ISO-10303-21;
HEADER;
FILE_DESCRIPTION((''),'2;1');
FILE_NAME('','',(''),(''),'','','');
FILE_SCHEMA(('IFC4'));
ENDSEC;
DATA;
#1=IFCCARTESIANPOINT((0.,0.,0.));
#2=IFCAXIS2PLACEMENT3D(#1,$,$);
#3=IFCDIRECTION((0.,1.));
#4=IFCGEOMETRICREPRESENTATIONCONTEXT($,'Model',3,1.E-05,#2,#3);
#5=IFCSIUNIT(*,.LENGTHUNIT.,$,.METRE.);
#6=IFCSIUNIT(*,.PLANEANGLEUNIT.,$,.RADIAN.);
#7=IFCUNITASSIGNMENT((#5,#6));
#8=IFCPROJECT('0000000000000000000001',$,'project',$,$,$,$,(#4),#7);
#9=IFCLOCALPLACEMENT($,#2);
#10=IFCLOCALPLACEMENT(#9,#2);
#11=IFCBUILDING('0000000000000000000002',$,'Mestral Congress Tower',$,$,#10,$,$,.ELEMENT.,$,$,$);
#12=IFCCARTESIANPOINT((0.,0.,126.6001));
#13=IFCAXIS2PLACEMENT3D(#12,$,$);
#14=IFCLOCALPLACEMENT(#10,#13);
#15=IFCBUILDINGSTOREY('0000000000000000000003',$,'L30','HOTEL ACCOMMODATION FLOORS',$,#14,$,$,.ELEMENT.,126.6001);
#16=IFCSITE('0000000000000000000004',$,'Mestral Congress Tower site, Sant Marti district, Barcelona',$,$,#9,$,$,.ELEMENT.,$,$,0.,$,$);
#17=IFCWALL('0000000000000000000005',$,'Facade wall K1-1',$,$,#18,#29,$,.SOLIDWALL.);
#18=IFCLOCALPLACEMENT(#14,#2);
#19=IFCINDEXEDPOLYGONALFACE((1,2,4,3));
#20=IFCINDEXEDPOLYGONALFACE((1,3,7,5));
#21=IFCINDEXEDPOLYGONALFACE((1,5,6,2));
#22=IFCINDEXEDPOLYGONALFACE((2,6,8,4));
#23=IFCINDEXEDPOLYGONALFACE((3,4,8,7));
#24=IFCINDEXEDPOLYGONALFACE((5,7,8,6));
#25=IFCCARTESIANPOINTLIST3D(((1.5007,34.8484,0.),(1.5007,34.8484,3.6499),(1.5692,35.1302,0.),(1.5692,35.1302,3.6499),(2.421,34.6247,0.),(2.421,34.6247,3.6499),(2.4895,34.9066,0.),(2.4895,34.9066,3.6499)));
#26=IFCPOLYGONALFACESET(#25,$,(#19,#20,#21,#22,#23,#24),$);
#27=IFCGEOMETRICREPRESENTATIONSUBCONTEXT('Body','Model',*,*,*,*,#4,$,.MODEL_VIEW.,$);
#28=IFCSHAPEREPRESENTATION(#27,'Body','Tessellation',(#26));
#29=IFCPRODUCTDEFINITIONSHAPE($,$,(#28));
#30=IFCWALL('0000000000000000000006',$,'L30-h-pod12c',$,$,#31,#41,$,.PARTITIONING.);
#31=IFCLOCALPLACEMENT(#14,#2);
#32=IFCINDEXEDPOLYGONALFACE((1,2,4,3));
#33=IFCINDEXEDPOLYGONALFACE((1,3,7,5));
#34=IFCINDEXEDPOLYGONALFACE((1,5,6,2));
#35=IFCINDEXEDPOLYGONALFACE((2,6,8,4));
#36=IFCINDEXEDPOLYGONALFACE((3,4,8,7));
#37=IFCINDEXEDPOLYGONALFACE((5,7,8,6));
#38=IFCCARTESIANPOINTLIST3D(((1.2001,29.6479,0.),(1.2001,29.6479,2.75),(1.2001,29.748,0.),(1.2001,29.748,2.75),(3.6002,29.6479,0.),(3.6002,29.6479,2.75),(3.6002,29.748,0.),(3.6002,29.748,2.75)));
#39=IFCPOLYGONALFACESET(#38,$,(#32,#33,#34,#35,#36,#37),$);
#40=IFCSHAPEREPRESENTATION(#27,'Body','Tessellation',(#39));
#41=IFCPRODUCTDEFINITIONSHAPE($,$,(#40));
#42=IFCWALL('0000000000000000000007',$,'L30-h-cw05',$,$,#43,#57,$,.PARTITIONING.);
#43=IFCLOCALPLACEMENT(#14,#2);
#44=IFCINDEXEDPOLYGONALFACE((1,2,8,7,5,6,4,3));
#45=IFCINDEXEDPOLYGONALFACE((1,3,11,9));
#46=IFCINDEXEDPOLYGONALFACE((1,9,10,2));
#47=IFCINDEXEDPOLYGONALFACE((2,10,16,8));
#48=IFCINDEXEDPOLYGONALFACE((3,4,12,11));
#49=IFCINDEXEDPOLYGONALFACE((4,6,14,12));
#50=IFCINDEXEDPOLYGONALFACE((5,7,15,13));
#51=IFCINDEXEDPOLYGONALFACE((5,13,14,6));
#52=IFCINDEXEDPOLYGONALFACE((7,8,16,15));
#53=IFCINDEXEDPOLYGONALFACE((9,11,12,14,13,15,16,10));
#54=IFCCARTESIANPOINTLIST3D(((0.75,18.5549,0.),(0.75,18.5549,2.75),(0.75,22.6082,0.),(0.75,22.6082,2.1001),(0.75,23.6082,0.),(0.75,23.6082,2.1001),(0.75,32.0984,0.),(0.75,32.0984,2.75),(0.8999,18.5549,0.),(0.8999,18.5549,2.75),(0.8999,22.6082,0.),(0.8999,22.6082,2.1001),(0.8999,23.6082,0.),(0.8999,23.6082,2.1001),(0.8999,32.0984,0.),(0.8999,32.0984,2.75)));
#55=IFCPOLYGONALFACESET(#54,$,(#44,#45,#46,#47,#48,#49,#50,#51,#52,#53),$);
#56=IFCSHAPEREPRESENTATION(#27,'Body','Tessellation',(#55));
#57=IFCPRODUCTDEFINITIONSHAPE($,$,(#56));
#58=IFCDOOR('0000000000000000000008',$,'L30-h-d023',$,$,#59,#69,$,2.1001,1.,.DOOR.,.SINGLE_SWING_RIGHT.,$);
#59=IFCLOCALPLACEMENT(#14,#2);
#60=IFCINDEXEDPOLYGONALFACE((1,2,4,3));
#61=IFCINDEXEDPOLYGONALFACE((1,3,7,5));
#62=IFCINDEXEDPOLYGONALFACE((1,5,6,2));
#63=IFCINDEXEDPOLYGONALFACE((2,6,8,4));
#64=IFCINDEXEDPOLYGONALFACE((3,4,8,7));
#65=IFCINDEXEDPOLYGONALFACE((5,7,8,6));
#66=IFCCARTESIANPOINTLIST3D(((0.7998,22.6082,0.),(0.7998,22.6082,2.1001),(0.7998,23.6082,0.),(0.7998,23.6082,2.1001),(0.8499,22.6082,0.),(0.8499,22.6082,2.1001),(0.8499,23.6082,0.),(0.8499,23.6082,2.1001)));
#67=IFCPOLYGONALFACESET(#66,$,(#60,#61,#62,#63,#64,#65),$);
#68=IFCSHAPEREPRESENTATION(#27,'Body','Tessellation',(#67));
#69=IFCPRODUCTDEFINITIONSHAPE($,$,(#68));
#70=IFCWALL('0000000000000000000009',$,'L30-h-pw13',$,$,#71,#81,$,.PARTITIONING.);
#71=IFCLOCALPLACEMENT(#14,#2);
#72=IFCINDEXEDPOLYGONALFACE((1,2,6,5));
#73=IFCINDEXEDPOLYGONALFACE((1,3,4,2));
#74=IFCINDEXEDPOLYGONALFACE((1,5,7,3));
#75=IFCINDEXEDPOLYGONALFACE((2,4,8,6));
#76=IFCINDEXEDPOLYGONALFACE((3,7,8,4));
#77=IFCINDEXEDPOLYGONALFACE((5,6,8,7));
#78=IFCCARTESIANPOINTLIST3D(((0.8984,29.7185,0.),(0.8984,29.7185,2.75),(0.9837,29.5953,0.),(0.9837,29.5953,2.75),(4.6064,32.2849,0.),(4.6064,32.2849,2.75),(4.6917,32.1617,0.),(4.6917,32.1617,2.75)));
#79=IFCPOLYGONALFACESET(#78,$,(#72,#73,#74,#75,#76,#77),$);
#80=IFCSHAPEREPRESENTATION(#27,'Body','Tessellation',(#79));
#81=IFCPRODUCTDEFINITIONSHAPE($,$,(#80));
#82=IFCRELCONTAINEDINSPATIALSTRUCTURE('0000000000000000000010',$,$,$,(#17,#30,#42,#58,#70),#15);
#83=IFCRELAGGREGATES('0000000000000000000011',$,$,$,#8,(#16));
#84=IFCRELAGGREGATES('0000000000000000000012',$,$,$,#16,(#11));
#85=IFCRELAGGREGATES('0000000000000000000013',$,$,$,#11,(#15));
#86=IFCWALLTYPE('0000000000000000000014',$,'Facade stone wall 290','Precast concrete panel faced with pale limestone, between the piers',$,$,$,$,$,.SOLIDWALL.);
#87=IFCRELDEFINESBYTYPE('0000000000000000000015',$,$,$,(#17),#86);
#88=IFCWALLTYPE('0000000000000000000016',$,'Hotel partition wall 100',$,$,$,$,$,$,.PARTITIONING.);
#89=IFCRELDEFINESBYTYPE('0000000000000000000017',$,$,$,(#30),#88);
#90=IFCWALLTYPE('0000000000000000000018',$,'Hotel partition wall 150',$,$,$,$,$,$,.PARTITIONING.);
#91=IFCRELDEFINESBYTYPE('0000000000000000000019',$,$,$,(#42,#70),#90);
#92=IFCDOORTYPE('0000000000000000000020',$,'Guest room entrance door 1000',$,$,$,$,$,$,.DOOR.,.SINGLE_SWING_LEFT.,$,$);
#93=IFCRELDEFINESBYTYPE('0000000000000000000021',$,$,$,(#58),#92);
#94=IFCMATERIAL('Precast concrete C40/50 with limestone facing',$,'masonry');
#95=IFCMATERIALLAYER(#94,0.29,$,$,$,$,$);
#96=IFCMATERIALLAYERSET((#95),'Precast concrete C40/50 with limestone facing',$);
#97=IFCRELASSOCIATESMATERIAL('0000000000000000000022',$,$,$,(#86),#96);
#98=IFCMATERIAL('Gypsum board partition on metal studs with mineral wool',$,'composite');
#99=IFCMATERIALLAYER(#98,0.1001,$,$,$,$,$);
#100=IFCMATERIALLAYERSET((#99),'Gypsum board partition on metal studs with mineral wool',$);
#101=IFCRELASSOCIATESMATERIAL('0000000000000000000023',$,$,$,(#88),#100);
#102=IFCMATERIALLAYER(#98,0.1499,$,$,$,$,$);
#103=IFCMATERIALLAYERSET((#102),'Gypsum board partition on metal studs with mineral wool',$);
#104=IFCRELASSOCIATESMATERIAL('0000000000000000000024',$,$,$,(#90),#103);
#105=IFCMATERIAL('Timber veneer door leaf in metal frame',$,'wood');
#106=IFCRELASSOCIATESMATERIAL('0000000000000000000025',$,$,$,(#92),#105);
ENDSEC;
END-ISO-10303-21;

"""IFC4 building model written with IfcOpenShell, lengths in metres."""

from ifc_helpers import new_model, si_unit, direction, frame, frame_2d, origin, place, context, subcontext, project, spatial, rectangle, extrude, material, layer, layer_set, type_object, element, fill, save


model = new_model("IFC4")

# Units and contexts
model_context = context("Model", 3, precision=1e-05, world=origin(), true_north=direction((0.0, 1.0)))
body_context = subcontext(model_context, "Body", "Model", "MODEL_VIEW")
ifc_project = project(units=[si_unit("LENGTHUNIT", "METRE"), si_unit("PLANEANGLEUNIT", "RADIAN")], contexts=[model_context])

# Site, building, storey
site_placement = place(None, origin())
site = spatial("IfcSite", under=ifc_project, at=site_placement, Name="Mestral Congress Tower site, Sant Marti district, Barcelona", CompositionType="ELEMENT", RefElevation=0.0)
building_placement = place(site_placement, origin())
building = spatial("IfcBuilding", under=site, at=building_placement, Name="Mestral Congress Tower", CompositionType="ELEMENT")
storey_placement = place(building_placement, frame((0.0, 0.0, 126.6001)))
storey = spatial("IfcBuildingStorey", under=building, at=storey_placement, Name="L30", Description="HOTEL ACCOMMODATION FLOORS", CompositionType="ELEMENT", Elevation=126.6001)

# Shared definitions
ifc_material_1 = material(Name="Precast concrete C40/50 with limestone facing", Category="masonry")
ifc_layer_1 = layer(ifc_material_1, 0.29)
ifc_layer_set_1 = layer_set([ifc_layer_1], Name="Precast concrete C40/50 with limestone facing")
wall_type_1 = type_object("IfcWallType", Name="Facade stone wall 290", Description="Precast concrete panel faced with pale limestone, between the piers", PredefinedType="SOLIDWALL", material=ifc_layer_set_1)

# Walls
wall_1_placement = place(storey_placement, frame((2.4553, 34.7656, 0.0), z_axis=(0.0, 0.0, 1.0), x_axis=(-0.971714, 0.236161, 0.0)))
element("IfcWall", 1, at=wall_1_placement, inside=storey, type_object=wall_type_1, Name="Facade wall K1-1", PredefinedType="SOLIDWALL", context=body_context, shape_type="SweptSolid", body=[
    extrude(rectangle(XDim=0.947, YDim=0.29, at=frame_2d((0.4736, 0.0))), origin(), (0.0, 0.0, 1.0), 3.6499),
])
ifc_material_2 = material(Name="Gypsum board partition on metal studs with mineral wool", Category="composite")
ifc_layer_2 = layer(ifc_material_2, 0.1001)
ifc_layer_set_2 = layer_set([ifc_layer_2], Name="Gypsum board partition on metal studs with mineral wool")
wall_type_2 = type_object("IfcWallType", Name="Hotel partition wall 100", PredefinedType="PARTITIONING", material=ifc_layer_set_2)
wall_2_placement = place(storey_placement, frame((1.2, 29.698, 0.0), z_axis=(0.0, 0.0, 1.0), x_axis=(1.0, 0.0, 0.0)))
element("IfcWall", 2, at=wall_2_placement, inside=storey, type_object=wall_type_2, Name="L30-h-pod12c", PredefinedType="PARTITIONING", context=body_context, shape_type="SweptSolid", body=[
    extrude(rectangle(XDim=2.4001, YDim=0.1001, at=frame_2d((1.2002, 0.0))), origin(), (0.0, 0.0, 1.0), 2.75),
])

# Wall, opening, door
ifc_layer_3 = layer(ifc_material_2, 0.1499)
ifc_layer_set_3 = layer_set([ifc_layer_3], Name="Gypsum board partition on metal studs with mineral wool")
wall_type_3 = type_object("IfcWallType", Name="Hotel partition wall 150", PredefinedType="PARTITIONING", material=ifc_layer_set_3)
wall_3_placement = place(storey_placement, frame((0.825, 32.0984, 0.0), z_axis=(0.0, 0.0, 1.0), x_axis=(0.0, -1.0, 0.0)))
wall_3 = element("IfcWall", 3, at=wall_3_placement, inside=storey, type_object=wall_type_3, Name="L30-h-cw05", PredefinedType="PARTITIONING", context=body_context, shape_type="SweptSolid", body=[
    extrude(rectangle(XDim=13.5435, YDim=0.1499, at=frame_2d((6.7717, 0.0))), origin(), (0.0, 0.0, 1.0), 2.75),
])
opening_1_placement = place(wall_3_placement, frame((8.4902, 0.0, 0.0)))
opening_1 = element("IfcOpeningElement", 4, at=opening_1_placement, cuts=wall_3, PredefinedType="OPENING", context=body_context, shape_type="SweptSolid", body=[
    extrude(rectangle(XDim=1.0, YDim=2.1001, at=frame_2d((0.5, 1.05))), frame((0.0, 0.085, 0.0), z_axis=(0.0, -1.0, 0.0), x_axis=(1.0, 0.0, 0.0)), (0.0, 0.0, 1.0), 0.1699),
])
ifc_material_3 = material(Name="Timber veneer door leaf in metal frame", Category="wood")
door_type = type_object("IfcDoorType", Name="Guest room entrance door 1000", OperationType="SINGLE_SWING_LEFT", PredefinedType="DOOR", material=ifc_material_3)
door_placement = place(opening_1_placement, origin())
door = element("IfcDoor", 5, at=door_placement, inside=storey, type_object=door_type, Name="L30-h-d023", OperationType="SINGLE_SWING_RIGHT", OverallHeight=2.1001, OverallWidth=1.0, PredefinedType="DOOR", context=body_context, shape_type="SweptSolid", body=[
    extrude(rectangle(XDim=1.0, YDim=2.1001, at=frame_2d((0.5, 1.05))), frame((0.0, 0.0249, 0.0), z_axis=(0.0, -1.0, 0.0), x_axis=(1.0, 0.0, 0.0)), (0.0, 0.0, 1.0), 0.05),
])
fill(opening_1, door)

# Wall
wall_4_placement = place(storey_placement, frame((4.6492, 32.2234, 0.0), z_axis=(0.0, 0.0, 1.0), x_axis=(-0.822262, -0.569109, 0.0)))
element("IfcWall", 6, at=wall_4_placement, inside=storey, type_object=wall_type_3, Name="L30-h-pw13", PredefinedType="PARTITIONING", context=body_context, shape_type="SweptSolid", body=[
    extrude(rectangle(XDim=4.5095, YDim=0.1499, at=frame_2d((2.2549, 0.0))), origin(), (0.0, 0.0, 1.0), 2.75),
])

save(model, "model.ifc")
